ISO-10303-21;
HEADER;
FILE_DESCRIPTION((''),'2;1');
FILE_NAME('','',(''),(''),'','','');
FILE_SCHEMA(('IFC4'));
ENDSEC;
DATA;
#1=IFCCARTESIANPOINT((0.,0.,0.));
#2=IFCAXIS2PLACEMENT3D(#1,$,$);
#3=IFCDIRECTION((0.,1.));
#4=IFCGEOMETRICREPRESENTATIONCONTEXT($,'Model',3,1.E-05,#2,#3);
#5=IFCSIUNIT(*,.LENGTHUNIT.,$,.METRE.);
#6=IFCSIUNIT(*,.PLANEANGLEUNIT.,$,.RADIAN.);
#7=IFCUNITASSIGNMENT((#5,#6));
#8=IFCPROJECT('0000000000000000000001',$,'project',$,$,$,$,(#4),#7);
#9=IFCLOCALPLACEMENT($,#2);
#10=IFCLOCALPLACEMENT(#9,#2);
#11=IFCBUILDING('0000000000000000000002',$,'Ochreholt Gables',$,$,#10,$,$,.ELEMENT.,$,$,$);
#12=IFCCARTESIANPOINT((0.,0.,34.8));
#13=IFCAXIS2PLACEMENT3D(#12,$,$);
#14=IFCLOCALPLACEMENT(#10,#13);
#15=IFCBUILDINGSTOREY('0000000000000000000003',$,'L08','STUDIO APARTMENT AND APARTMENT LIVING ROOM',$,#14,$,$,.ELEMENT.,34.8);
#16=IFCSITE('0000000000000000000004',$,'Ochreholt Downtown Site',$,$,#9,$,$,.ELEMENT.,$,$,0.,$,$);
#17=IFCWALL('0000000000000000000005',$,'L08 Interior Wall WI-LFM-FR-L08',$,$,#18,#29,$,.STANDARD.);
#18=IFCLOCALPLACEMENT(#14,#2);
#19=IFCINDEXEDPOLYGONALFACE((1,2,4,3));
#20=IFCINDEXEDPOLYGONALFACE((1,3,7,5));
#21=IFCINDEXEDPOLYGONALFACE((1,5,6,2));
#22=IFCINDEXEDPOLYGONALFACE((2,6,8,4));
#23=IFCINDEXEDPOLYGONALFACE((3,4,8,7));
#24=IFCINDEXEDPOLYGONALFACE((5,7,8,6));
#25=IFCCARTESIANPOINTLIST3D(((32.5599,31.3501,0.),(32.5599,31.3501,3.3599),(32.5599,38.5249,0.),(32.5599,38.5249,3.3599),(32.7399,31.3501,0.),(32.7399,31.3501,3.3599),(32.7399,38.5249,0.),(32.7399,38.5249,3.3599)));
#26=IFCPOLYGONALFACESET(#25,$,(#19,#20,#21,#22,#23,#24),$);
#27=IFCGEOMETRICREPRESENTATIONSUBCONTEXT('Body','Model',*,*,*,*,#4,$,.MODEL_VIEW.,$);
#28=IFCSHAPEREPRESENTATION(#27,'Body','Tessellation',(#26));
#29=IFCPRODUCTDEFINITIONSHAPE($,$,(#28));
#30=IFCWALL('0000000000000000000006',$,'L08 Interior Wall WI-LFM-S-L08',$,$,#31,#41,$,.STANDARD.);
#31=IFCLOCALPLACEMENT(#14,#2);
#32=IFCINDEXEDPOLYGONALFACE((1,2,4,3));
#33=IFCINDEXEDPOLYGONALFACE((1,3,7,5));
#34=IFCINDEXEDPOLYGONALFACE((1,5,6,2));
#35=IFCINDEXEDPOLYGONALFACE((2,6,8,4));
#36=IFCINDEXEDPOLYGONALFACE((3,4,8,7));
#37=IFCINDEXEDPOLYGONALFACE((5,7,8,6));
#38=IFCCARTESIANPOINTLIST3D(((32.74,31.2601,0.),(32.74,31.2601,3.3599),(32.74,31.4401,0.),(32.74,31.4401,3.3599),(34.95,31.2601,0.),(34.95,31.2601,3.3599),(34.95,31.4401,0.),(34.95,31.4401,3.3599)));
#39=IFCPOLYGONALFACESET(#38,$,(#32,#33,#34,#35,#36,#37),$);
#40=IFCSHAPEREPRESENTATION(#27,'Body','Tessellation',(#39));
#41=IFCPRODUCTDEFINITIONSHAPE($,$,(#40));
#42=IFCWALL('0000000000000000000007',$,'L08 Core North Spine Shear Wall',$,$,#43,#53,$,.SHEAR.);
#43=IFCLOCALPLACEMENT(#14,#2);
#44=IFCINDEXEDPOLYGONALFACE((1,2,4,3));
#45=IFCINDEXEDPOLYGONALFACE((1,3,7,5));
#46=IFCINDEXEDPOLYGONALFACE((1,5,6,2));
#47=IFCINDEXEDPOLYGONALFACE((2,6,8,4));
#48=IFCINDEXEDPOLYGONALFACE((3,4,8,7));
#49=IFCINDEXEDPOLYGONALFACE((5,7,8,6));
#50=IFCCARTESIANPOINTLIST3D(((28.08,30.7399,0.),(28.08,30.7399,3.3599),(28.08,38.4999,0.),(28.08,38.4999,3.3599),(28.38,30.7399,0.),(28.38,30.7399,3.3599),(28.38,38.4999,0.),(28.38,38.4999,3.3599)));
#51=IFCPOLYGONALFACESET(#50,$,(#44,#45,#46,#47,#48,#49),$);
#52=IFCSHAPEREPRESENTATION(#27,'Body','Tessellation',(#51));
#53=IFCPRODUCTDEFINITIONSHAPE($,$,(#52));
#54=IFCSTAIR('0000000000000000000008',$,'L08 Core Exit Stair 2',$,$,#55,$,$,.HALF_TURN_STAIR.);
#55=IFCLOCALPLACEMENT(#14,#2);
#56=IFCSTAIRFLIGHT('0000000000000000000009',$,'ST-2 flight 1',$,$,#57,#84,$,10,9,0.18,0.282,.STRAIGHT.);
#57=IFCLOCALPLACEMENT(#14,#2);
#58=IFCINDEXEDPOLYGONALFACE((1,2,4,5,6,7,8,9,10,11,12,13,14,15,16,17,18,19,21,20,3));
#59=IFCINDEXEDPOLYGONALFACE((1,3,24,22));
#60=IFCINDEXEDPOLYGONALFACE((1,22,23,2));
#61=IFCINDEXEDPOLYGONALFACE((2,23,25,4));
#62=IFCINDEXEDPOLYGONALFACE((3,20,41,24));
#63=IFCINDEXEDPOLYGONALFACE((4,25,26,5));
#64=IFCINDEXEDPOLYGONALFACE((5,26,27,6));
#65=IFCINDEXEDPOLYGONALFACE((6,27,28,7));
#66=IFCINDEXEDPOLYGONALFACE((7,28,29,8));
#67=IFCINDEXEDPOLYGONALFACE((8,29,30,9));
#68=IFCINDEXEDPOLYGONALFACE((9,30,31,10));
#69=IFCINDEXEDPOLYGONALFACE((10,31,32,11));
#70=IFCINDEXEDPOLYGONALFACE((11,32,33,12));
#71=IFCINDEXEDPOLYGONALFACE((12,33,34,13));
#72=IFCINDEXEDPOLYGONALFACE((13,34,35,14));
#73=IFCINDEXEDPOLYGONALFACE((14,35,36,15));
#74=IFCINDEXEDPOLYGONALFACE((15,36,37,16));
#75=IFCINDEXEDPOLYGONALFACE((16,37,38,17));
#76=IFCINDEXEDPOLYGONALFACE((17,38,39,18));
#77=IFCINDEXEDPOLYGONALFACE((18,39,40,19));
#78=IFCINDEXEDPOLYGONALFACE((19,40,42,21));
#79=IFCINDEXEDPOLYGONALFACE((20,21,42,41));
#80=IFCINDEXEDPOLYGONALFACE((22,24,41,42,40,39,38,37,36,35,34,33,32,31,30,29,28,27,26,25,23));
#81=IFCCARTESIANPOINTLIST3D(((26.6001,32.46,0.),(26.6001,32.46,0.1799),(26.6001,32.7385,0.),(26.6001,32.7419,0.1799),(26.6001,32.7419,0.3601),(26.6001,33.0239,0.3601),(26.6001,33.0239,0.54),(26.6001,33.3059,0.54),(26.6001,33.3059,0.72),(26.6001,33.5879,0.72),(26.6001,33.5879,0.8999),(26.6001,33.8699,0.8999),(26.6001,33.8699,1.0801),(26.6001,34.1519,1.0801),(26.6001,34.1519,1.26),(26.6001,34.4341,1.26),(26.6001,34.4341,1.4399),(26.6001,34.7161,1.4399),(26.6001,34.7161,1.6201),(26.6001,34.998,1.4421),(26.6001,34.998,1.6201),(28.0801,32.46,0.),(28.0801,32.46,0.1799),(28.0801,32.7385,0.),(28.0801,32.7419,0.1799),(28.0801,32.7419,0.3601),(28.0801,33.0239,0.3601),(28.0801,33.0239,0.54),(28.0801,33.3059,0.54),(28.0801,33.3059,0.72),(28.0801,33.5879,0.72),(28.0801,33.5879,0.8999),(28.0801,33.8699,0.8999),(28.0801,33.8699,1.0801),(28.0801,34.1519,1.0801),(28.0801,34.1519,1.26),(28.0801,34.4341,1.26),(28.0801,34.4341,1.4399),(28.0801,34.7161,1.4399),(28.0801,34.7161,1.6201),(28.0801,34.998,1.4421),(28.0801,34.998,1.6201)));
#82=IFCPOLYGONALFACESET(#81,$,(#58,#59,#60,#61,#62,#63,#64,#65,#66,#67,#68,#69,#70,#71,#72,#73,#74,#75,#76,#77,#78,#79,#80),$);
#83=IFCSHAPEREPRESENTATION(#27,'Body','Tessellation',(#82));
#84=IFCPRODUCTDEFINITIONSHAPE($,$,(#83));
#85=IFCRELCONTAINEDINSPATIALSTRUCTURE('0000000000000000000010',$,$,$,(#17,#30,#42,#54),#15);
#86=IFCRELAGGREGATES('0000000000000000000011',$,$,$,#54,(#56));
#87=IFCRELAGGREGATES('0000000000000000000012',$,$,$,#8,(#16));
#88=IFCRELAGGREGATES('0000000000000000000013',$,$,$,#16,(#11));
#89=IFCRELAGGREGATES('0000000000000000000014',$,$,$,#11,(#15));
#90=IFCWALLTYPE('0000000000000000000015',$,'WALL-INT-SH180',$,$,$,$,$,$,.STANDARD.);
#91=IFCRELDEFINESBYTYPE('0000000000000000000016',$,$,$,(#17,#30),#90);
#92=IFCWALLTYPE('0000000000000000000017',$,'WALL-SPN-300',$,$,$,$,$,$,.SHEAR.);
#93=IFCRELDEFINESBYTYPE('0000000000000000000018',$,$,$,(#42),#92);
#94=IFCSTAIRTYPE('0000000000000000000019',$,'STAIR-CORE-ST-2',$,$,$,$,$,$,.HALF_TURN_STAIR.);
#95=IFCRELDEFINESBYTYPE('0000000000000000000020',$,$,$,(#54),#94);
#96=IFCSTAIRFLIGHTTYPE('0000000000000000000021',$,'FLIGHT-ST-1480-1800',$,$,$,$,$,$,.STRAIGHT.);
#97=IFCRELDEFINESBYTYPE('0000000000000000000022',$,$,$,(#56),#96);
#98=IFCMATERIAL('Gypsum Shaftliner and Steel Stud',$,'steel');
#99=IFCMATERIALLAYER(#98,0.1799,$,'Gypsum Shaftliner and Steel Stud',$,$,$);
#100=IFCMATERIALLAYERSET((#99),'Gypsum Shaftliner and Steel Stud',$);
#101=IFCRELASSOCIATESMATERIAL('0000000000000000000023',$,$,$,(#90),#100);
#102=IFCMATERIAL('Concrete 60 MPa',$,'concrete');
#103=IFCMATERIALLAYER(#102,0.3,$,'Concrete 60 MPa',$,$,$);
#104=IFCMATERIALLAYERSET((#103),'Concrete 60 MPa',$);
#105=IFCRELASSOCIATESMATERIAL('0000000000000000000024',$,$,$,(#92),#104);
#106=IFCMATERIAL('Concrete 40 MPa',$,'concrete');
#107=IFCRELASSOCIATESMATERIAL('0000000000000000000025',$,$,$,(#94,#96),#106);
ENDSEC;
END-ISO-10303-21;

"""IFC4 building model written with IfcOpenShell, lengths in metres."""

from ifc_helpers import new_model, si_unit, direction, frame, frame_2d, origin, place, context, subcontext, project, spatial, polyline, rectangle, outline, extrude, material, layer, layer_set, type_object, element, aggregate, save


model = new_model("IFC4")

# Units and contexts
model_context = context("Model", 3, precision=1e-05, world=origin(), true_north=direction((0.0, 1.0)))
body_context = subcontext(model_context, "Body", "Model", "MODEL_VIEW")
ifc_project = project(units=[si_unit("LENGTHUNIT", "METRE"), si_unit("PLANEANGLEUNIT", "RADIAN")], contexts=[model_context])

# Site, building, storey
site_placement = place(None, origin())
site = spatial("IfcSite", under=ifc_project, at=site_placement, Name="Ochreholt Downtown Site", CompositionType="ELEMENT", RefElevation=0.0)
building_placement = place(site_placement, origin())
building = spatial("IfcBuilding", under=site, at=building_placement, Name="Ochreholt Gables", CompositionType="ELEMENT")
storey_placement = place(building_placement, frame((0.0, 0.0, 34.8)))
storey = spatial("IfcBuildingStorey", under=building, at=storey_placement, Name="L08", Description="STUDIO APARTMENT AND APARTMENT LIVING ROOM", CompositionType="ELEMENT", Elevation=34.8)

# Shared definitions
ifc_material_1 = material(Name="Concrete 60 MPa", Category="concrete")

# Shared definitions
ifc_material_2 = material(Name="Concrete 40 MPa", Category="concrete")

# Walls
ifc_material_3 = material(Name="Gypsum Shaftliner and Steel Stud", Category="steel")
ifc_layer_1 = layer(ifc_material_3, 0.1799, Name="Gypsum Shaftliner and Steel Stud")
ifc_layer_set_1 = layer_set([ifc_layer_1], Name="Gypsum Shaftliner and Steel Stud")
wall_type_1 = type_object("IfcWallType", Name="WALL-INT-SH180", PredefinedType="STANDARD", material=ifc_layer_set_1)
wall_1_placement = place(storey_placement, frame((32.6499, 31.3501, 0.0), z_axis=(0.0, 0.0, 1.0), x_axis=(0.0, 1.0, 0.0)))
element("IfcWall", 1, at=wall_1_placement, inside=storey, type_object=wall_type_1, Name="L08 Interior Wall WI-LFM-FR-L08", PredefinedType="STANDARD", context=body_context, shape_type="SweptSolid", body=[
    extrude(rectangle(XDim=7.1748, YDim=0.1799, at=frame_2d((3.5874, 0.0))), origin(), (0.0, 0.0, 1.0), 3.3599),
])
wall_2_placement = place(storey_placement, frame((32.74, 31.3501, 0.0), z_axis=(0.0, 0.0, 1.0), x_axis=(1.0, 0.0, 0.0)))
element("IfcWall", 2, at=wall_2_placement, inside=storey, type_object=wall_type_1, Name="L08 Interior Wall WI-LFM-S-L08", PredefinedType="STANDARD", context=body_context, shape_type="SweptSolid", body=[
    extrude(rectangle(XDim=2.21, YDim=0.1799, at=frame_2d((1.105, 0.0))), origin(), (0.0, 0.0, 1.0), 3.3599),
])
ifc_layer_2 = layer(ifc_material_1, 0.3, Name="Concrete 60 MPa")
ifc_layer_set_2 = layer_set([ifc_layer_2], Name="Concrete 60 MPa")
wall_type_2 = type_object("IfcWallType", Name="WALL-SPN-300", PredefinedType="SHEAR", material=ifc_layer_set_2)
wall_3_placement = place(storey_placement, frame((28.23, 30.74, 0.0), z_axis=(0.0, 0.0, 1.0), x_axis=(0.0, 1.0, 0.0)))
element("IfcWall", 3, at=wall_3_placement, inside=storey, type_object=wall_type_2, Name="L08 Core North Spine Shear Wall", PredefinedType="SHEAR", context=body_context, shape_type="SweptSolid", body=[
    extrude(rectangle(XDim=7.76, YDim=0.3, at=frame_2d((3.8799, 0.0))), origin(), (0.0, 0.0, 1.0), 3.3599),
])

# Stair, stair flight
stair_type = type_object("IfcStairType", Name="STAIR-CORE-ST-2", PredefinedType="HALF_TURN_STAIR", material=ifc_material_2)
stair_placement = place(storey_placement, origin())
stair = element("IfcStair", 4, at=stair_placement, inside=storey, type_object=stair_type, Name="L08 Core Exit Stair 2", PredefinedType="HALF_TURN_STAIR")
stair_flight_type = type_object("IfcStairFlightType", Name="FLIGHT-ST-1480-1800", PredefinedType="STRAIGHT", material=ifc_material_2)
stair_flight_placement = place(storey_placement, frame((27.3401, 32.46, 0.0), z_axis=(0.0, 0.0, 1.0), x_axis=(0.0, 1.0, 0.0)))
stair_flight = element("IfcStairFlight", 5, at=stair_flight_placement, type_object=stair_flight_type, Name="ST-2 flight 1", NumberOfRisers=10, NumberOfTreads=9, PredefinedType="STRAIGHT", RiserHeight=0.18, TreadLength=0.282, context=body_context, shape_type="SweptSolid", body=[
    extrude(outline(polyline([(0.0, 0.0), (0.0, 0.1799), (0.282, 0.1799), (0.282, 0.3601), (0.564, 0.3601), (0.564, 0.54), (0.8459, 0.54), (0.8459, 0.72), (1.1279, 0.72), (1.1279, 0.8999), (1.4099, 0.8999), (1.4099, 1.0801), (1.6919, 1.0801), (1.6919, 1.26), (1.9741, 1.26), (1.9741, 1.4399), (2.2561, 1.4399), (2.2561, 1.6201), (2.5381, 1.6201), (2.5381, 1.8), (2.5381, 1.4421), (0.2786, 0.0), (0.0, 0.0)])), frame((0.0, 0.74, 0.0), z_axis=(0.0, -1.0, 0.0), x_axis=(1.0, 0.0, 0.0)), (0.0, 0.0, 1.0), 1.48),
])
aggregate(stair, [stair_flight])

save(model, "model.ifc")
